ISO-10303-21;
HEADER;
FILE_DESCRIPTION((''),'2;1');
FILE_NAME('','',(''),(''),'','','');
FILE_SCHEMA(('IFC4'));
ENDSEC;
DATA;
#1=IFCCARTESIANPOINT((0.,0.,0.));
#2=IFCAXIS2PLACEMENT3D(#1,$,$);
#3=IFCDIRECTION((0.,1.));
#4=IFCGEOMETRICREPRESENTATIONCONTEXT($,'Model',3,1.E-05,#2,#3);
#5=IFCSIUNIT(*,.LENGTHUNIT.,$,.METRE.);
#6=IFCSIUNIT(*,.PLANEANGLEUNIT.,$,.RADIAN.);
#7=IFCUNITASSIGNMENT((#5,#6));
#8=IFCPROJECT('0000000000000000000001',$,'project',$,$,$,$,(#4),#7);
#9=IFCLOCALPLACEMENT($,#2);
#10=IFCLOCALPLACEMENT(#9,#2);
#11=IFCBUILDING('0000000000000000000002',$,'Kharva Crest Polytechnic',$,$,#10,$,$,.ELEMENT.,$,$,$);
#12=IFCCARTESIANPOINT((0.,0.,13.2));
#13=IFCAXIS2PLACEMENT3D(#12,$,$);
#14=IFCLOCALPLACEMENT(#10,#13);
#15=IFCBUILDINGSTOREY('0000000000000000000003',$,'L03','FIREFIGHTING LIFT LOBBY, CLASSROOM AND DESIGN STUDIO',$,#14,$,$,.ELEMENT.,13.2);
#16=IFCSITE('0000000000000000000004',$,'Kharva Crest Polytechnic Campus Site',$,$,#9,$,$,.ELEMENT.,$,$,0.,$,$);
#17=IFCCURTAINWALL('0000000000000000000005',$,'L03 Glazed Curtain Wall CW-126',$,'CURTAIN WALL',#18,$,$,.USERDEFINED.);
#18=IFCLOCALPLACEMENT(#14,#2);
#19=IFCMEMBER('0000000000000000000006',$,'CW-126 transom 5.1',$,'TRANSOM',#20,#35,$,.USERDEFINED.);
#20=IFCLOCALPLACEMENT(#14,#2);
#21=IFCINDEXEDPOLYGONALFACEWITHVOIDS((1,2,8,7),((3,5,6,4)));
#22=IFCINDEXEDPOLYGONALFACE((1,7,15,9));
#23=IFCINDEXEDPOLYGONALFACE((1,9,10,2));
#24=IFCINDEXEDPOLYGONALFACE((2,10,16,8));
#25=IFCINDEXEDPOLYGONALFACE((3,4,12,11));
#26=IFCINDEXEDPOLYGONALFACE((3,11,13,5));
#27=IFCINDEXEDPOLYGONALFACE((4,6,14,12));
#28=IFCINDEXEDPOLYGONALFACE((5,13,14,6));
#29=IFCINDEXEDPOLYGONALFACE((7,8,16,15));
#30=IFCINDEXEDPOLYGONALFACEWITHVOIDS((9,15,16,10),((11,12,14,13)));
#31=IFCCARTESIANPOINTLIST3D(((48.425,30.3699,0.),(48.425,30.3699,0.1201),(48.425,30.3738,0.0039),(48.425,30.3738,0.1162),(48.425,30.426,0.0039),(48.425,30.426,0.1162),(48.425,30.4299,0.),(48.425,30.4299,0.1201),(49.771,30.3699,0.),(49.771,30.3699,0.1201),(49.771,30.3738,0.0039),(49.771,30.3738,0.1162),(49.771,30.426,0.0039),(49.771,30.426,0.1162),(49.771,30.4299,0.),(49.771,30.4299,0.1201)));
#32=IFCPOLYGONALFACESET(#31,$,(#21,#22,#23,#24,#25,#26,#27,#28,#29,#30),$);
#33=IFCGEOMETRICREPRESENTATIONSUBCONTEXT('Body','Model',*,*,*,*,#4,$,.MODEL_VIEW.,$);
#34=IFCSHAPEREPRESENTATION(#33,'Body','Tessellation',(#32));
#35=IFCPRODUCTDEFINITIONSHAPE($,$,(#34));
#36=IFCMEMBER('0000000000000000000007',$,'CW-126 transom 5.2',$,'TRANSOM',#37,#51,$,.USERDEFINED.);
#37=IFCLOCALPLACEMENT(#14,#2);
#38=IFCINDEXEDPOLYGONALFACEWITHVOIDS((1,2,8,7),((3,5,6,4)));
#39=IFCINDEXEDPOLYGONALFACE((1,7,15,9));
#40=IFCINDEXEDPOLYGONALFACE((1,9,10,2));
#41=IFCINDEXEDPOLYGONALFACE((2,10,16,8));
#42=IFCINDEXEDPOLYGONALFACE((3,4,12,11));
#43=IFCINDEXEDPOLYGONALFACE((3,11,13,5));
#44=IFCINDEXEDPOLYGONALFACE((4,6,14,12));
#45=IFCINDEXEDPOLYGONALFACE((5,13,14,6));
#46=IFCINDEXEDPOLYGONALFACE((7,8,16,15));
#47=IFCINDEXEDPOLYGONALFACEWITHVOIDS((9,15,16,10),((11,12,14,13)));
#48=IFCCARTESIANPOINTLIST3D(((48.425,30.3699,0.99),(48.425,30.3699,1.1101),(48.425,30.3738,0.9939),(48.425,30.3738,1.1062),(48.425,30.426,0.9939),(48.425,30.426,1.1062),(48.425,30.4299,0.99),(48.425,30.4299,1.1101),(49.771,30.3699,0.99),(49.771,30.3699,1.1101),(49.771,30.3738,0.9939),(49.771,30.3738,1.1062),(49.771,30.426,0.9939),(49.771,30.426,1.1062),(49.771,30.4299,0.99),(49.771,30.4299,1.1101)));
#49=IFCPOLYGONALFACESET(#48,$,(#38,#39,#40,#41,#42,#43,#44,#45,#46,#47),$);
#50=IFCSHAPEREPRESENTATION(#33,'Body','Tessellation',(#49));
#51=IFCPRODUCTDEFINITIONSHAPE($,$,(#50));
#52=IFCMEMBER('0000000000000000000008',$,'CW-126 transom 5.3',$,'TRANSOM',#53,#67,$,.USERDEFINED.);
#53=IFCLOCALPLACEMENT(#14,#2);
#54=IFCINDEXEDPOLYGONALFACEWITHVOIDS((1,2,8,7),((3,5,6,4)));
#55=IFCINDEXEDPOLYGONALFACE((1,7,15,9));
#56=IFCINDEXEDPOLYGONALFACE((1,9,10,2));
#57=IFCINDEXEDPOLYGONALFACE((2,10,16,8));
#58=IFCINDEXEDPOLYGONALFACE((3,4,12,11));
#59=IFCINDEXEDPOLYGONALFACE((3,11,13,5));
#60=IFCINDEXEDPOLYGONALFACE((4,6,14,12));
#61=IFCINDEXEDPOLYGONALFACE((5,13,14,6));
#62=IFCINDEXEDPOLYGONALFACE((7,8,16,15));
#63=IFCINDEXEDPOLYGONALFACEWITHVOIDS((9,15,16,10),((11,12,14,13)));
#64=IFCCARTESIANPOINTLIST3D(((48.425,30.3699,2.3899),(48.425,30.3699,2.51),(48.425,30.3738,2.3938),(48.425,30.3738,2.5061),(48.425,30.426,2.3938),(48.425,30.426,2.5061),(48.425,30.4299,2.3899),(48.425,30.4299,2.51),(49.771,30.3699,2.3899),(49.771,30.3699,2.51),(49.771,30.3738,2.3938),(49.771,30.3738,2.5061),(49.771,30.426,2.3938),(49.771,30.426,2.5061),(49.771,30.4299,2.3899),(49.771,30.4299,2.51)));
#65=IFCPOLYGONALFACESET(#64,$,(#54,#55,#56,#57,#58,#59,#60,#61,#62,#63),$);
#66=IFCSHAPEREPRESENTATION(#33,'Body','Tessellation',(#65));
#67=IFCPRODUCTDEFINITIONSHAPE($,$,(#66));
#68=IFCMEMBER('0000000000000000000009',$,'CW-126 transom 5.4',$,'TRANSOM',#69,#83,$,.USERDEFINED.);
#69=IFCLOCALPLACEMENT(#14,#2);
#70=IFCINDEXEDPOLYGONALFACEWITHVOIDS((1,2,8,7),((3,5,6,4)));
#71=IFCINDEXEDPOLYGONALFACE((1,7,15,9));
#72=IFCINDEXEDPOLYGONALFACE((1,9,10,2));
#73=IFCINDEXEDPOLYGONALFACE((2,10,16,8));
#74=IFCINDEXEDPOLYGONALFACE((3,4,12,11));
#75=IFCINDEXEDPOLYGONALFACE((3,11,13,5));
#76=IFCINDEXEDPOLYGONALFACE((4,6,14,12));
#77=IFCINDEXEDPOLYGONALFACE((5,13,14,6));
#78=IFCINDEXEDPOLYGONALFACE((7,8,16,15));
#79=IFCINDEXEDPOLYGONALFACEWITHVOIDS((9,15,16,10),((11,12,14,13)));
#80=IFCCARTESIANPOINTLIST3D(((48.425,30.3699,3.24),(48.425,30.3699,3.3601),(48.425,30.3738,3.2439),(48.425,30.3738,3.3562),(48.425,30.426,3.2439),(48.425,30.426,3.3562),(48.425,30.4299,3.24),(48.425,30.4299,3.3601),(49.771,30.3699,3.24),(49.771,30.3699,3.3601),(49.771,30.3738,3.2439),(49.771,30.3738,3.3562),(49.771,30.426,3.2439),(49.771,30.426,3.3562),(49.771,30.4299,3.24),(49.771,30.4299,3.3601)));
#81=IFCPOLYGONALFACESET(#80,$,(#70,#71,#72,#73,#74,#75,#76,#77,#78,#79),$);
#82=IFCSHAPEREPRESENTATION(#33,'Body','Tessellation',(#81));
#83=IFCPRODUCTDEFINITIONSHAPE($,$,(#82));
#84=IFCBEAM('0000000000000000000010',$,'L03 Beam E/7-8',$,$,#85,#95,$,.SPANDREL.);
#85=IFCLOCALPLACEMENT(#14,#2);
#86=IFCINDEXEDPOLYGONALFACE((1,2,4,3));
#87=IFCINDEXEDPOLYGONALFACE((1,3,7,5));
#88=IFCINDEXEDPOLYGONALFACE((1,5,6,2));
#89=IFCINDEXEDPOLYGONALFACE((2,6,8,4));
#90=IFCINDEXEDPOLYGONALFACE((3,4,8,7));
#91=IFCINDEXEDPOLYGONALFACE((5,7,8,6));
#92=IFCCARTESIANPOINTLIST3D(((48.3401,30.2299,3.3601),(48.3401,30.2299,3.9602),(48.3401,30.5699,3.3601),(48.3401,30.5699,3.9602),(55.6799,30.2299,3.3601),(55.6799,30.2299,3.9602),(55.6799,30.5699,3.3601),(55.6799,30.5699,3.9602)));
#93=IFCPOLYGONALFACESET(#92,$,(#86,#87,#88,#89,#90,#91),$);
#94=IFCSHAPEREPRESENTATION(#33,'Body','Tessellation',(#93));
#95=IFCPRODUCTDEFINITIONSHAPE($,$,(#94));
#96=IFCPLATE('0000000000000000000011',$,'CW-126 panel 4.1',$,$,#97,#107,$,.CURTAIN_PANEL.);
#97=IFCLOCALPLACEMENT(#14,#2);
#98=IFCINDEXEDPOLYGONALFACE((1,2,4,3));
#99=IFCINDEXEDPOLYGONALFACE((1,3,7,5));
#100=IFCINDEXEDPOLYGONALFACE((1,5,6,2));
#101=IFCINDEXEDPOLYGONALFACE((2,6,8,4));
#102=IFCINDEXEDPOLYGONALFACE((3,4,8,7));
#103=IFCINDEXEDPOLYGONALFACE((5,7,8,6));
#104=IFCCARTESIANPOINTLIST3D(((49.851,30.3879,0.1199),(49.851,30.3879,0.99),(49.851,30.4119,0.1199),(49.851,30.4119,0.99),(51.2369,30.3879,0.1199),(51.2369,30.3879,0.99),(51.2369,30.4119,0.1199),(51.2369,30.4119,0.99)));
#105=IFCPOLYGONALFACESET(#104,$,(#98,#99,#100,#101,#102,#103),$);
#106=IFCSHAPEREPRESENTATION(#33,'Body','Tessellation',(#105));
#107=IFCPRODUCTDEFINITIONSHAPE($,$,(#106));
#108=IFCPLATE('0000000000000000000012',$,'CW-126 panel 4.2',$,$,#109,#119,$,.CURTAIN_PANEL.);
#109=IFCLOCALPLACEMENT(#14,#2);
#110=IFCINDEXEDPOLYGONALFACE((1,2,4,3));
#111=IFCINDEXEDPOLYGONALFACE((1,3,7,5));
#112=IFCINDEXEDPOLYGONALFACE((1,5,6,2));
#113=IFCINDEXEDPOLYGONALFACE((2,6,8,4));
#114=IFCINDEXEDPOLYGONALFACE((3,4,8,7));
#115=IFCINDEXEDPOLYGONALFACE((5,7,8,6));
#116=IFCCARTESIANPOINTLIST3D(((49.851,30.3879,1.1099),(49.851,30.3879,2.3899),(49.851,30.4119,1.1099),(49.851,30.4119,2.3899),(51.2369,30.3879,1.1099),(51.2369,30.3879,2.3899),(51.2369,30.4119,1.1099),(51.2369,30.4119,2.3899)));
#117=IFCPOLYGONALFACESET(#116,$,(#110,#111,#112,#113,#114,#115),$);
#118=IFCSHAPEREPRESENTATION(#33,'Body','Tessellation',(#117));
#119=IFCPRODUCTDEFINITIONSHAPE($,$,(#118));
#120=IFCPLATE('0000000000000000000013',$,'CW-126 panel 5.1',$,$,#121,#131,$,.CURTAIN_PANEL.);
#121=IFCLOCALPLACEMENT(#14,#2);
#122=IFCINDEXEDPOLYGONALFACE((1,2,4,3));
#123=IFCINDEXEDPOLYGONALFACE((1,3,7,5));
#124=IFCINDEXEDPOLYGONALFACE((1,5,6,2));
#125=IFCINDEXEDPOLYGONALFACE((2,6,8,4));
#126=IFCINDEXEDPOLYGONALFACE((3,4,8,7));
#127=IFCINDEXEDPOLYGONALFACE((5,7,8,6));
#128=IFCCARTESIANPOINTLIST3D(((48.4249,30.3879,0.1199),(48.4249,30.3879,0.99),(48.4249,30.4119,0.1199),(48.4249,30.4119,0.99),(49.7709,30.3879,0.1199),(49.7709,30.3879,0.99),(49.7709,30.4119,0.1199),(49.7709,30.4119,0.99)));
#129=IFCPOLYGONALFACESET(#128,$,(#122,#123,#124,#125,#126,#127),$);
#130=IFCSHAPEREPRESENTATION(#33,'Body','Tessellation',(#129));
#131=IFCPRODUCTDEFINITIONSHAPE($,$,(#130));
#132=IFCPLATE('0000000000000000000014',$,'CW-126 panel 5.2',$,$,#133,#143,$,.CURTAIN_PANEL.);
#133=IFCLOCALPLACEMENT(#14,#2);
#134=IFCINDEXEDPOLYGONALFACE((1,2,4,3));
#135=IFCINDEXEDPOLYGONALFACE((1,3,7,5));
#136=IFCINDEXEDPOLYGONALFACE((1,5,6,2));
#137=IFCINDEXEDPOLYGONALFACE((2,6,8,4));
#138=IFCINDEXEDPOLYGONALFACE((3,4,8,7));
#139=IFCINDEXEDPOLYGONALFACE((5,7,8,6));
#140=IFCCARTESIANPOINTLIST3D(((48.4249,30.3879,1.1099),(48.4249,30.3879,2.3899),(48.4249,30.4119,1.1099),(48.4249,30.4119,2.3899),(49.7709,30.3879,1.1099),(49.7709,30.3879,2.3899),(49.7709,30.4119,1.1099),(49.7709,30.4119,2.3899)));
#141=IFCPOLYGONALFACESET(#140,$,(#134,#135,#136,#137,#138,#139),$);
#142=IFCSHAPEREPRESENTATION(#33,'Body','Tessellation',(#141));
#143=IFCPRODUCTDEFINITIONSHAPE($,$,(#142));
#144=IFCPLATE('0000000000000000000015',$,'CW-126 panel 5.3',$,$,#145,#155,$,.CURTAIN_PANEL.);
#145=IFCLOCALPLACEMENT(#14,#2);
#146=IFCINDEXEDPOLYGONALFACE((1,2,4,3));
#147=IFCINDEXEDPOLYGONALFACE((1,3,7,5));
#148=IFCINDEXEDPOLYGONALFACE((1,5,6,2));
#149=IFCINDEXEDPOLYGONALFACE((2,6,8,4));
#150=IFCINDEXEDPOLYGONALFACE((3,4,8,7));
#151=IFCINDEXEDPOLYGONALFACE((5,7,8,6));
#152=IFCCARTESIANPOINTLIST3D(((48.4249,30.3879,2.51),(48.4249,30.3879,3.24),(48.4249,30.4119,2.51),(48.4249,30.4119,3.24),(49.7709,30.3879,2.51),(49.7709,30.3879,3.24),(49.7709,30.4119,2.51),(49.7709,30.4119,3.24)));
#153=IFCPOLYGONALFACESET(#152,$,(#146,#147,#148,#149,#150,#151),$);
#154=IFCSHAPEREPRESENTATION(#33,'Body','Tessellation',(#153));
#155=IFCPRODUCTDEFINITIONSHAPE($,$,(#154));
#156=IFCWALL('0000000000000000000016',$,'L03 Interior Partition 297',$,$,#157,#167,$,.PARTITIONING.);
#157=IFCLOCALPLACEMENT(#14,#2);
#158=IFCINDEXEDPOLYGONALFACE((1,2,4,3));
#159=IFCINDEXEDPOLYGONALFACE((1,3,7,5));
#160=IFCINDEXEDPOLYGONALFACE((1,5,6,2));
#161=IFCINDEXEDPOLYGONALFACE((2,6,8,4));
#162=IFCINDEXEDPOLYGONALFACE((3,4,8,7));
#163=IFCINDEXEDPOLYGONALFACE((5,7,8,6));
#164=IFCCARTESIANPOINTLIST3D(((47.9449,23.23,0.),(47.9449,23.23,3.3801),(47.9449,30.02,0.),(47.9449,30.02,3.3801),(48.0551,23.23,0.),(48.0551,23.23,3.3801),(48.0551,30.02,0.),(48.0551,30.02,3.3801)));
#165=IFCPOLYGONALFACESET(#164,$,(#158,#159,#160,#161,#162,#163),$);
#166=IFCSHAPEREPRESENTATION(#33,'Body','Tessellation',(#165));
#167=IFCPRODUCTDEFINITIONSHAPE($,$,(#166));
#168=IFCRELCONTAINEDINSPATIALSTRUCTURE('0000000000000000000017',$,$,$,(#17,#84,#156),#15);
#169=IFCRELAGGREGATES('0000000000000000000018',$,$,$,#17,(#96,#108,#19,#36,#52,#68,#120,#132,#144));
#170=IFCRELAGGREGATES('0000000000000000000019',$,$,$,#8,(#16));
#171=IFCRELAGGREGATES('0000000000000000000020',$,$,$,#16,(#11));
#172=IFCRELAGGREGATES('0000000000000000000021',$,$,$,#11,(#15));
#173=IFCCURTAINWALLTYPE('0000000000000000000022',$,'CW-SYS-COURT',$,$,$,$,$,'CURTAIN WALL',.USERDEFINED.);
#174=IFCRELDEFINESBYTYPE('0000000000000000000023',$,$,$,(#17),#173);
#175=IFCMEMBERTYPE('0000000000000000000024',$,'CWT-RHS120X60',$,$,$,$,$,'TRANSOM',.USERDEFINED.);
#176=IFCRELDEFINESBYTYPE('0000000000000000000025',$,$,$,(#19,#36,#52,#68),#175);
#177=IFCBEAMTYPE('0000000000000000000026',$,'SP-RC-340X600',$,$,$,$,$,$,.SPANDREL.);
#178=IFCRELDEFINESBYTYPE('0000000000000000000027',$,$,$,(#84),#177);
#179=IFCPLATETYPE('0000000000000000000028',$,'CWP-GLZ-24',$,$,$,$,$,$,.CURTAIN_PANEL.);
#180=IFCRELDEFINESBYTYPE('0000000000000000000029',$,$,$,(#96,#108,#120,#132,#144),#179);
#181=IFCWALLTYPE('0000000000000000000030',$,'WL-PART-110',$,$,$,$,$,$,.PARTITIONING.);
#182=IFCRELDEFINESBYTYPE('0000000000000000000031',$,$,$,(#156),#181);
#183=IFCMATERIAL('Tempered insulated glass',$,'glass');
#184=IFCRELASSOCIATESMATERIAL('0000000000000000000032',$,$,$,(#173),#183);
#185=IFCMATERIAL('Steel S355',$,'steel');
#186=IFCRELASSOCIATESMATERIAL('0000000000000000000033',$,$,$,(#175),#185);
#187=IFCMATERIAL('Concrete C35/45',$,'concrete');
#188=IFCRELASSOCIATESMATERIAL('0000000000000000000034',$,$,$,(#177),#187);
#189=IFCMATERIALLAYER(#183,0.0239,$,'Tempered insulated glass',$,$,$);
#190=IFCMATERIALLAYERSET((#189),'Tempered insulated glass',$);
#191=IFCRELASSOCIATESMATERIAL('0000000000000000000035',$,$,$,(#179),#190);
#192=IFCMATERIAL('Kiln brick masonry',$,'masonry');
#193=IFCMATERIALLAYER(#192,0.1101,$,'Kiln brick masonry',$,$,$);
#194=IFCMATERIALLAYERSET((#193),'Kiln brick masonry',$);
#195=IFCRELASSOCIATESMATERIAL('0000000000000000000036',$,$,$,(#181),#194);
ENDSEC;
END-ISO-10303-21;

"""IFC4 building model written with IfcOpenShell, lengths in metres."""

from ifc_helpers import new_model, si_unit, direction, frame, frame_2d, origin, origin_2d, place, context, subcontext, project, spatial, rectangle, hollow_rectangle, extrude, material, layer, layer_set, material_profile, profile_set, type_object, element, aggregate, save


model = new_model("IFC4")

# Units and contexts
model_context = context("Model", 3, precision=1e-05, world=origin(), true_north=direction((0.0, 1.0)))
body_context = subcontext(model_context, "Body", "Model", "MODEL_VIEW")
ifc_project = project(units=[si_unit("LENGTHUNIT", "METRE"), si_unit("PLANEANGLEUNIT", "RADIAN")], contexts=[model_context])

# Site, building, storey
site_placement = place(None, origin())
site = spatial("IfcSite", under=ifc_project, at=site_placement, Name="Kharva Crest Polytechnic Campus Site", CompositionType="ELEMENT", RefElevation=0.0)
building_placement = place(site_placement, origin())
building = spatial("IfcBuilding", under=site, at=building_placement, Name="Kharva Crest Polytechnic", CompositionType="ELEMENT")
storey_placement = place(building_placement, frame((0.0, 0.0, 13.2)))
storey = spatial("IfcBuildingStorey", under=building, at=storey_placement, Name="L03", Description="FIREFIGHTING LIFT LOBBY, CLASSROOM AND DESIGN STUDIO", CompositionType="ELEMENT", Elevation=13.2)

# Shared definitions
ifc_material_1 = material(Name="Concrete C35/45", Category="concrete")

# Curtain wall, members
ifc_material_2 = material(Name="Tempered insulated glass", Category="glass")
curtain_wall_type = type_object("IfcCurtainWallType", Name="CW-SYS-COURT", ElementType="CURTAIN WALL", PredefinedType="USERDEFINED", material=ifc_material_2)
curtain_wall_placement = place(storey_placement, origin())
curtain_wall = element("IfcCurtainWall", 1, at=curtain_wall_placement, inside=storey, type_object=curtain_wall_type, Name="L03 Glazed Curtain Wall CW-126", ObjectType="CURTAIN WALL", PredefinedType="USERDEFINED")
ifc_material_3 = material(Name="Steel S355", Category="steel")
ifc_material_profile_1 = material_profile(ifc_material_3, hollow_rectangle(XDim=0.0601, YDim=0.1201, WallThickness=0.0039, at=origin_2d()), Name="RHS 120X60X4.0")
ifc_profile_set_1 = profile_set([ifc_material_profile_1], Name="Steel S355")
member_type_1 = type_object("IfcMemberType", Name="CWT-RHS120X60", ElementType="TRANSOM", PredefinedType="USERDEFINED", material=ifc_profile_set_1)
member_1_placement = place(storey_placement, frame((49.771, 30.3999, 0.0601), z_axis=(-1.0, 0.0, 0.0), x_axis=(0.0, -1.0, 0.0)))
member_1 = element("IfcMember", 2, at=member_1_placement, type_object=member_type_1, Name="CW-126 transom 5.1", ObjectType="TRANSOM", PredefinedType="USERDEFINED", context=body_context, shape_type="SweptSolid", body=[
    extrude(hollow_rectangle(XDim=0.0601, YDim=0.1201, WallThickness=0.0039, at=origin_2d()), origin(), (0.0, 0.0, 1.0), 1.3459),
])
member_2_placement = place(storey_placement, frame((49.771, 30.3999, 1.05), z_axis=(-1.0, 0.0, 0.0), x_axis=(0.0, -1.0, 0.0)))
member_2 = element("IfcMember", 3, at=member_2_placement, type_object=member_type_1, Name="CW-126 transom 5.2", ObjectType="TRANSOM", PredefinedType="USERDEFINED", context=body_context, shape_type="SweptSolid", body=[
    extrude(hollow_rectangle(XDim=0.0601, YDim=0.1201, WallThickness=0.0039, at=origin_2d()), origin(), (0.0, 0.0, 1.0), 1.3459),
])
member_3_placement = place(storey_placement, frame((49.771, 30.3999, 2.45), z_axis=(-1.0, 0.0, 0.0), x_axis=(0.0, -1.0, 0.0)))
member_3 = element("IfcMember", 4, at=member_3_placement, type_object=member_type_1, Name="CW-126 transom 5.3", ObjectType="TRANSOM", PredefinedType="USERDEFINED", context=body_context, shape_type="SweptSolid", body=[
    extrude(hollow_rectangle(XDim=0.0601, YDim=0.1201, WallThickness=0.0039, at=origin_2d()), origin(), (0.0, 0.0, 1.0), 1.3459),
])
member_4_placement = place(storey_placement, frame((49.771, 30.3999, 3.3), z_axis=(-1.0, 0.0, 0.0), x_axis=(0.0, -1.0, 0.0)))
member_4 = element("IfcMember", 5, at=member_4_placement, type_object=member_type_1, Name="CW-126 transom 5.4", ObjectType="TRANSOM", PredefinedType="USERDEFINED", context=body_context, shape_type="SweptSolid", body=[
    extrude(hollow_rectangle(XDim=0.0601, YDim=0.1201, WallThickness=0.0039, at=origin_2d()), origin(), (0.0, 0.0, 1.0), 1.3459),
])

# Beam
ifc_material_profile_2 = material_profile(ifc_material_1, rectangle(XDim=0.3401, YDim=0.6001, at=origin_2d()), Name="RECT 340 X 600")
ifc_profile_set_2 = profile_set([ifc_material_profile_2], Name="Concrete C35/45")
beam_type_1 = type_object("IfcBeamType", Name="SP-RC-340X600", PredefinedType="SPANDREL", material=ifc_profile_set_2)
beam_1_placement = place(storey_placement, frame((48.3401, 30.3999, 3.6602), z_axis=(1.0, 0.0, 0.0), x_axis=(0.0, 1.0, 0.0)))
element("IfcBeam", 6, at=beam_1_placement, inside=storey, type_object=beam_type_1, Name="L03 Beam E/7-8", PredefinedType="SPANDREL", context=body_context, shape_type="SweptSolid", body=[
    extrude(rectangle(XDim=0.3401, YDim=0.6001, at=origin_2d()), origin(), (0.0, 0.0, 1.0), 7.3398),
])

# Plates
ifc_layer_1 = layer(ifc_material_2, 0.0239, Name="Tempered insulated glass")
ifc_layer_set_1 = layer_set([ifc_layer_1], Name="Tempered insulated glass")
plate_type = type_object("IfcPlateType", Name="CWP-GLZ-24", PredefinedType="CURTAIN_PANEL", material=ifc_layer_set_1)
plate_1_placement = place(storey_placement, frame((50.5439, 30.3999, 0.1199), z_axis=(0.0, 0.0, 1.0), x_axis=(-1.0, 0.0, 0.0)))
plate_1 = element("IfcPlate", 7, at=plate_1_placement, type_object=plate_type, Name="CW-126 panel 4.1", PredefinedType="CURTAIN_PANEL", context=body_context, shape_type="SweptSolid", body=[
    extrude(rectangle(XDim=1.386, YDim=0.0239, at=origin_2d()), origin(), (0.0, 0.0, 1.0), 0.8701),
])
plate_2_placement = place(storey_placement, frame((50.5439, 30.3999, 1.1099), z_axis=(0.0, 0.0, 1.0), x_axis=(-1.0, 0.0, 0.0)))
plate_2 = element("IfcPlate", 8, at=plate_2_placement, type_object=plate_type, Name="CW-126 panel 4.2", PredefinedType="CURTAIN_PANEL", context=body_context, shape_type="SweptSolid", body=[
    extrude(rectangle(XDim=1.386, YDim=0.0239, at=origin_2d()), origin(), (0.0, 0.0, 1.0), 1.28),
])
plate_3_placement = place(storey_placement, frame((49.0979, 30.3999, 0.1199), z_axis=(0.0, 0.0, 1.0), x_axis=(-1.0, 0.0, 0.0)))
plate_3 = element("IfcPlate", 9, at=plate_3_placement, type_object=plate_type, Name="CW-126 panel 5.1", PredefinedType="CURTAIN_PANEL", context=body_context, shape_type="SweptSolid", body=[
    extrude(rectangle(XDim=1.3459, YDim=0.0239, at=origin_2d()), origin(), (0.0, 0.0, 1.0), 0.8701),
])
plate_4_placement = place(storey_placement, frame((49.0979, 30.3999, 1.1099), z_axis=(0.0, 0.0, 1.0), x_axis=(-1.0, 0.0, 0.0)))
plate_4 = element("IfcPlate", 10, at=plate_4_placement, type_object=plate_type, Name="CW-126 panel 5.2", PredefinedType="CURTAIN_PANEL", context=body_context, shape_type="SweptSolid", body=[
    extrude(rectangle(XDim=1.3459, YDim=0.0239, at=origin_2d()), origin(), (0.0, 0.0, 1.0), 1.28),
])
plate_5_placement = place(storey_placement, frame((49.0979, 30.3999, 2.51), z_axis=(0.0, 0.0, 1.0), x_axis=(-1.0, 0.0, 0.0)))
plate_5 = element("IfcPlate", 11, at=plate_5_placement, type_object=plate_type, Name="CW-126 panel 5.3", PredefinedType="CURTAIN_PANEL", context=body_context, shape_type="SweptSolid", body=[
    extrude(rectangle(XDim=1.3459, YDim=0.0239, at=origin_2d()), origin(), (0.0, 0.0, 1.0), 0.73),
])
aggregate(curtain_wall, [plate_1, plate_2, member_1, member_2, member_3, member_4, plate_3, plate_4, plate_5])

# Wall
ifc_material_4 = material(Name="Kiln brick masonry", Category="masonry")
ifc_layer_2 = layer(ifc_material_4, 0.1101, Name="Kiln brick masonry")
ifc_layer_set_2 = layer_set([ifc_layer_2], Name="Kiln brick masonry")
wall_type = type_object("IfcWallType", Name="WL-PART-110", PredefinedType="PARTITIONING", material=ifc_layer_set_2)
wall_placement = place(storey_placement, frame((48.0, 23.23, 0.0), z_axis=(0.0, 0.0, 1.0), x_axis=(0.0, 1.0, 0.0)))
element("IfcWall", 12, at=wall_placement, inside=storey, type_object=wall_type, Name="L03 Interior Partition 297", PredefinedType="PARTITIONING", context=body_context, shape_type="SweptSolid", body=[
    extrude(rectangle(XDim=6.79, YDim=0.1101, at=frame_2d((3.395, 0.0))), origin(), (0.0, 0.0, 1.0), 3.3801),
])

save(model, "model.ifc")
